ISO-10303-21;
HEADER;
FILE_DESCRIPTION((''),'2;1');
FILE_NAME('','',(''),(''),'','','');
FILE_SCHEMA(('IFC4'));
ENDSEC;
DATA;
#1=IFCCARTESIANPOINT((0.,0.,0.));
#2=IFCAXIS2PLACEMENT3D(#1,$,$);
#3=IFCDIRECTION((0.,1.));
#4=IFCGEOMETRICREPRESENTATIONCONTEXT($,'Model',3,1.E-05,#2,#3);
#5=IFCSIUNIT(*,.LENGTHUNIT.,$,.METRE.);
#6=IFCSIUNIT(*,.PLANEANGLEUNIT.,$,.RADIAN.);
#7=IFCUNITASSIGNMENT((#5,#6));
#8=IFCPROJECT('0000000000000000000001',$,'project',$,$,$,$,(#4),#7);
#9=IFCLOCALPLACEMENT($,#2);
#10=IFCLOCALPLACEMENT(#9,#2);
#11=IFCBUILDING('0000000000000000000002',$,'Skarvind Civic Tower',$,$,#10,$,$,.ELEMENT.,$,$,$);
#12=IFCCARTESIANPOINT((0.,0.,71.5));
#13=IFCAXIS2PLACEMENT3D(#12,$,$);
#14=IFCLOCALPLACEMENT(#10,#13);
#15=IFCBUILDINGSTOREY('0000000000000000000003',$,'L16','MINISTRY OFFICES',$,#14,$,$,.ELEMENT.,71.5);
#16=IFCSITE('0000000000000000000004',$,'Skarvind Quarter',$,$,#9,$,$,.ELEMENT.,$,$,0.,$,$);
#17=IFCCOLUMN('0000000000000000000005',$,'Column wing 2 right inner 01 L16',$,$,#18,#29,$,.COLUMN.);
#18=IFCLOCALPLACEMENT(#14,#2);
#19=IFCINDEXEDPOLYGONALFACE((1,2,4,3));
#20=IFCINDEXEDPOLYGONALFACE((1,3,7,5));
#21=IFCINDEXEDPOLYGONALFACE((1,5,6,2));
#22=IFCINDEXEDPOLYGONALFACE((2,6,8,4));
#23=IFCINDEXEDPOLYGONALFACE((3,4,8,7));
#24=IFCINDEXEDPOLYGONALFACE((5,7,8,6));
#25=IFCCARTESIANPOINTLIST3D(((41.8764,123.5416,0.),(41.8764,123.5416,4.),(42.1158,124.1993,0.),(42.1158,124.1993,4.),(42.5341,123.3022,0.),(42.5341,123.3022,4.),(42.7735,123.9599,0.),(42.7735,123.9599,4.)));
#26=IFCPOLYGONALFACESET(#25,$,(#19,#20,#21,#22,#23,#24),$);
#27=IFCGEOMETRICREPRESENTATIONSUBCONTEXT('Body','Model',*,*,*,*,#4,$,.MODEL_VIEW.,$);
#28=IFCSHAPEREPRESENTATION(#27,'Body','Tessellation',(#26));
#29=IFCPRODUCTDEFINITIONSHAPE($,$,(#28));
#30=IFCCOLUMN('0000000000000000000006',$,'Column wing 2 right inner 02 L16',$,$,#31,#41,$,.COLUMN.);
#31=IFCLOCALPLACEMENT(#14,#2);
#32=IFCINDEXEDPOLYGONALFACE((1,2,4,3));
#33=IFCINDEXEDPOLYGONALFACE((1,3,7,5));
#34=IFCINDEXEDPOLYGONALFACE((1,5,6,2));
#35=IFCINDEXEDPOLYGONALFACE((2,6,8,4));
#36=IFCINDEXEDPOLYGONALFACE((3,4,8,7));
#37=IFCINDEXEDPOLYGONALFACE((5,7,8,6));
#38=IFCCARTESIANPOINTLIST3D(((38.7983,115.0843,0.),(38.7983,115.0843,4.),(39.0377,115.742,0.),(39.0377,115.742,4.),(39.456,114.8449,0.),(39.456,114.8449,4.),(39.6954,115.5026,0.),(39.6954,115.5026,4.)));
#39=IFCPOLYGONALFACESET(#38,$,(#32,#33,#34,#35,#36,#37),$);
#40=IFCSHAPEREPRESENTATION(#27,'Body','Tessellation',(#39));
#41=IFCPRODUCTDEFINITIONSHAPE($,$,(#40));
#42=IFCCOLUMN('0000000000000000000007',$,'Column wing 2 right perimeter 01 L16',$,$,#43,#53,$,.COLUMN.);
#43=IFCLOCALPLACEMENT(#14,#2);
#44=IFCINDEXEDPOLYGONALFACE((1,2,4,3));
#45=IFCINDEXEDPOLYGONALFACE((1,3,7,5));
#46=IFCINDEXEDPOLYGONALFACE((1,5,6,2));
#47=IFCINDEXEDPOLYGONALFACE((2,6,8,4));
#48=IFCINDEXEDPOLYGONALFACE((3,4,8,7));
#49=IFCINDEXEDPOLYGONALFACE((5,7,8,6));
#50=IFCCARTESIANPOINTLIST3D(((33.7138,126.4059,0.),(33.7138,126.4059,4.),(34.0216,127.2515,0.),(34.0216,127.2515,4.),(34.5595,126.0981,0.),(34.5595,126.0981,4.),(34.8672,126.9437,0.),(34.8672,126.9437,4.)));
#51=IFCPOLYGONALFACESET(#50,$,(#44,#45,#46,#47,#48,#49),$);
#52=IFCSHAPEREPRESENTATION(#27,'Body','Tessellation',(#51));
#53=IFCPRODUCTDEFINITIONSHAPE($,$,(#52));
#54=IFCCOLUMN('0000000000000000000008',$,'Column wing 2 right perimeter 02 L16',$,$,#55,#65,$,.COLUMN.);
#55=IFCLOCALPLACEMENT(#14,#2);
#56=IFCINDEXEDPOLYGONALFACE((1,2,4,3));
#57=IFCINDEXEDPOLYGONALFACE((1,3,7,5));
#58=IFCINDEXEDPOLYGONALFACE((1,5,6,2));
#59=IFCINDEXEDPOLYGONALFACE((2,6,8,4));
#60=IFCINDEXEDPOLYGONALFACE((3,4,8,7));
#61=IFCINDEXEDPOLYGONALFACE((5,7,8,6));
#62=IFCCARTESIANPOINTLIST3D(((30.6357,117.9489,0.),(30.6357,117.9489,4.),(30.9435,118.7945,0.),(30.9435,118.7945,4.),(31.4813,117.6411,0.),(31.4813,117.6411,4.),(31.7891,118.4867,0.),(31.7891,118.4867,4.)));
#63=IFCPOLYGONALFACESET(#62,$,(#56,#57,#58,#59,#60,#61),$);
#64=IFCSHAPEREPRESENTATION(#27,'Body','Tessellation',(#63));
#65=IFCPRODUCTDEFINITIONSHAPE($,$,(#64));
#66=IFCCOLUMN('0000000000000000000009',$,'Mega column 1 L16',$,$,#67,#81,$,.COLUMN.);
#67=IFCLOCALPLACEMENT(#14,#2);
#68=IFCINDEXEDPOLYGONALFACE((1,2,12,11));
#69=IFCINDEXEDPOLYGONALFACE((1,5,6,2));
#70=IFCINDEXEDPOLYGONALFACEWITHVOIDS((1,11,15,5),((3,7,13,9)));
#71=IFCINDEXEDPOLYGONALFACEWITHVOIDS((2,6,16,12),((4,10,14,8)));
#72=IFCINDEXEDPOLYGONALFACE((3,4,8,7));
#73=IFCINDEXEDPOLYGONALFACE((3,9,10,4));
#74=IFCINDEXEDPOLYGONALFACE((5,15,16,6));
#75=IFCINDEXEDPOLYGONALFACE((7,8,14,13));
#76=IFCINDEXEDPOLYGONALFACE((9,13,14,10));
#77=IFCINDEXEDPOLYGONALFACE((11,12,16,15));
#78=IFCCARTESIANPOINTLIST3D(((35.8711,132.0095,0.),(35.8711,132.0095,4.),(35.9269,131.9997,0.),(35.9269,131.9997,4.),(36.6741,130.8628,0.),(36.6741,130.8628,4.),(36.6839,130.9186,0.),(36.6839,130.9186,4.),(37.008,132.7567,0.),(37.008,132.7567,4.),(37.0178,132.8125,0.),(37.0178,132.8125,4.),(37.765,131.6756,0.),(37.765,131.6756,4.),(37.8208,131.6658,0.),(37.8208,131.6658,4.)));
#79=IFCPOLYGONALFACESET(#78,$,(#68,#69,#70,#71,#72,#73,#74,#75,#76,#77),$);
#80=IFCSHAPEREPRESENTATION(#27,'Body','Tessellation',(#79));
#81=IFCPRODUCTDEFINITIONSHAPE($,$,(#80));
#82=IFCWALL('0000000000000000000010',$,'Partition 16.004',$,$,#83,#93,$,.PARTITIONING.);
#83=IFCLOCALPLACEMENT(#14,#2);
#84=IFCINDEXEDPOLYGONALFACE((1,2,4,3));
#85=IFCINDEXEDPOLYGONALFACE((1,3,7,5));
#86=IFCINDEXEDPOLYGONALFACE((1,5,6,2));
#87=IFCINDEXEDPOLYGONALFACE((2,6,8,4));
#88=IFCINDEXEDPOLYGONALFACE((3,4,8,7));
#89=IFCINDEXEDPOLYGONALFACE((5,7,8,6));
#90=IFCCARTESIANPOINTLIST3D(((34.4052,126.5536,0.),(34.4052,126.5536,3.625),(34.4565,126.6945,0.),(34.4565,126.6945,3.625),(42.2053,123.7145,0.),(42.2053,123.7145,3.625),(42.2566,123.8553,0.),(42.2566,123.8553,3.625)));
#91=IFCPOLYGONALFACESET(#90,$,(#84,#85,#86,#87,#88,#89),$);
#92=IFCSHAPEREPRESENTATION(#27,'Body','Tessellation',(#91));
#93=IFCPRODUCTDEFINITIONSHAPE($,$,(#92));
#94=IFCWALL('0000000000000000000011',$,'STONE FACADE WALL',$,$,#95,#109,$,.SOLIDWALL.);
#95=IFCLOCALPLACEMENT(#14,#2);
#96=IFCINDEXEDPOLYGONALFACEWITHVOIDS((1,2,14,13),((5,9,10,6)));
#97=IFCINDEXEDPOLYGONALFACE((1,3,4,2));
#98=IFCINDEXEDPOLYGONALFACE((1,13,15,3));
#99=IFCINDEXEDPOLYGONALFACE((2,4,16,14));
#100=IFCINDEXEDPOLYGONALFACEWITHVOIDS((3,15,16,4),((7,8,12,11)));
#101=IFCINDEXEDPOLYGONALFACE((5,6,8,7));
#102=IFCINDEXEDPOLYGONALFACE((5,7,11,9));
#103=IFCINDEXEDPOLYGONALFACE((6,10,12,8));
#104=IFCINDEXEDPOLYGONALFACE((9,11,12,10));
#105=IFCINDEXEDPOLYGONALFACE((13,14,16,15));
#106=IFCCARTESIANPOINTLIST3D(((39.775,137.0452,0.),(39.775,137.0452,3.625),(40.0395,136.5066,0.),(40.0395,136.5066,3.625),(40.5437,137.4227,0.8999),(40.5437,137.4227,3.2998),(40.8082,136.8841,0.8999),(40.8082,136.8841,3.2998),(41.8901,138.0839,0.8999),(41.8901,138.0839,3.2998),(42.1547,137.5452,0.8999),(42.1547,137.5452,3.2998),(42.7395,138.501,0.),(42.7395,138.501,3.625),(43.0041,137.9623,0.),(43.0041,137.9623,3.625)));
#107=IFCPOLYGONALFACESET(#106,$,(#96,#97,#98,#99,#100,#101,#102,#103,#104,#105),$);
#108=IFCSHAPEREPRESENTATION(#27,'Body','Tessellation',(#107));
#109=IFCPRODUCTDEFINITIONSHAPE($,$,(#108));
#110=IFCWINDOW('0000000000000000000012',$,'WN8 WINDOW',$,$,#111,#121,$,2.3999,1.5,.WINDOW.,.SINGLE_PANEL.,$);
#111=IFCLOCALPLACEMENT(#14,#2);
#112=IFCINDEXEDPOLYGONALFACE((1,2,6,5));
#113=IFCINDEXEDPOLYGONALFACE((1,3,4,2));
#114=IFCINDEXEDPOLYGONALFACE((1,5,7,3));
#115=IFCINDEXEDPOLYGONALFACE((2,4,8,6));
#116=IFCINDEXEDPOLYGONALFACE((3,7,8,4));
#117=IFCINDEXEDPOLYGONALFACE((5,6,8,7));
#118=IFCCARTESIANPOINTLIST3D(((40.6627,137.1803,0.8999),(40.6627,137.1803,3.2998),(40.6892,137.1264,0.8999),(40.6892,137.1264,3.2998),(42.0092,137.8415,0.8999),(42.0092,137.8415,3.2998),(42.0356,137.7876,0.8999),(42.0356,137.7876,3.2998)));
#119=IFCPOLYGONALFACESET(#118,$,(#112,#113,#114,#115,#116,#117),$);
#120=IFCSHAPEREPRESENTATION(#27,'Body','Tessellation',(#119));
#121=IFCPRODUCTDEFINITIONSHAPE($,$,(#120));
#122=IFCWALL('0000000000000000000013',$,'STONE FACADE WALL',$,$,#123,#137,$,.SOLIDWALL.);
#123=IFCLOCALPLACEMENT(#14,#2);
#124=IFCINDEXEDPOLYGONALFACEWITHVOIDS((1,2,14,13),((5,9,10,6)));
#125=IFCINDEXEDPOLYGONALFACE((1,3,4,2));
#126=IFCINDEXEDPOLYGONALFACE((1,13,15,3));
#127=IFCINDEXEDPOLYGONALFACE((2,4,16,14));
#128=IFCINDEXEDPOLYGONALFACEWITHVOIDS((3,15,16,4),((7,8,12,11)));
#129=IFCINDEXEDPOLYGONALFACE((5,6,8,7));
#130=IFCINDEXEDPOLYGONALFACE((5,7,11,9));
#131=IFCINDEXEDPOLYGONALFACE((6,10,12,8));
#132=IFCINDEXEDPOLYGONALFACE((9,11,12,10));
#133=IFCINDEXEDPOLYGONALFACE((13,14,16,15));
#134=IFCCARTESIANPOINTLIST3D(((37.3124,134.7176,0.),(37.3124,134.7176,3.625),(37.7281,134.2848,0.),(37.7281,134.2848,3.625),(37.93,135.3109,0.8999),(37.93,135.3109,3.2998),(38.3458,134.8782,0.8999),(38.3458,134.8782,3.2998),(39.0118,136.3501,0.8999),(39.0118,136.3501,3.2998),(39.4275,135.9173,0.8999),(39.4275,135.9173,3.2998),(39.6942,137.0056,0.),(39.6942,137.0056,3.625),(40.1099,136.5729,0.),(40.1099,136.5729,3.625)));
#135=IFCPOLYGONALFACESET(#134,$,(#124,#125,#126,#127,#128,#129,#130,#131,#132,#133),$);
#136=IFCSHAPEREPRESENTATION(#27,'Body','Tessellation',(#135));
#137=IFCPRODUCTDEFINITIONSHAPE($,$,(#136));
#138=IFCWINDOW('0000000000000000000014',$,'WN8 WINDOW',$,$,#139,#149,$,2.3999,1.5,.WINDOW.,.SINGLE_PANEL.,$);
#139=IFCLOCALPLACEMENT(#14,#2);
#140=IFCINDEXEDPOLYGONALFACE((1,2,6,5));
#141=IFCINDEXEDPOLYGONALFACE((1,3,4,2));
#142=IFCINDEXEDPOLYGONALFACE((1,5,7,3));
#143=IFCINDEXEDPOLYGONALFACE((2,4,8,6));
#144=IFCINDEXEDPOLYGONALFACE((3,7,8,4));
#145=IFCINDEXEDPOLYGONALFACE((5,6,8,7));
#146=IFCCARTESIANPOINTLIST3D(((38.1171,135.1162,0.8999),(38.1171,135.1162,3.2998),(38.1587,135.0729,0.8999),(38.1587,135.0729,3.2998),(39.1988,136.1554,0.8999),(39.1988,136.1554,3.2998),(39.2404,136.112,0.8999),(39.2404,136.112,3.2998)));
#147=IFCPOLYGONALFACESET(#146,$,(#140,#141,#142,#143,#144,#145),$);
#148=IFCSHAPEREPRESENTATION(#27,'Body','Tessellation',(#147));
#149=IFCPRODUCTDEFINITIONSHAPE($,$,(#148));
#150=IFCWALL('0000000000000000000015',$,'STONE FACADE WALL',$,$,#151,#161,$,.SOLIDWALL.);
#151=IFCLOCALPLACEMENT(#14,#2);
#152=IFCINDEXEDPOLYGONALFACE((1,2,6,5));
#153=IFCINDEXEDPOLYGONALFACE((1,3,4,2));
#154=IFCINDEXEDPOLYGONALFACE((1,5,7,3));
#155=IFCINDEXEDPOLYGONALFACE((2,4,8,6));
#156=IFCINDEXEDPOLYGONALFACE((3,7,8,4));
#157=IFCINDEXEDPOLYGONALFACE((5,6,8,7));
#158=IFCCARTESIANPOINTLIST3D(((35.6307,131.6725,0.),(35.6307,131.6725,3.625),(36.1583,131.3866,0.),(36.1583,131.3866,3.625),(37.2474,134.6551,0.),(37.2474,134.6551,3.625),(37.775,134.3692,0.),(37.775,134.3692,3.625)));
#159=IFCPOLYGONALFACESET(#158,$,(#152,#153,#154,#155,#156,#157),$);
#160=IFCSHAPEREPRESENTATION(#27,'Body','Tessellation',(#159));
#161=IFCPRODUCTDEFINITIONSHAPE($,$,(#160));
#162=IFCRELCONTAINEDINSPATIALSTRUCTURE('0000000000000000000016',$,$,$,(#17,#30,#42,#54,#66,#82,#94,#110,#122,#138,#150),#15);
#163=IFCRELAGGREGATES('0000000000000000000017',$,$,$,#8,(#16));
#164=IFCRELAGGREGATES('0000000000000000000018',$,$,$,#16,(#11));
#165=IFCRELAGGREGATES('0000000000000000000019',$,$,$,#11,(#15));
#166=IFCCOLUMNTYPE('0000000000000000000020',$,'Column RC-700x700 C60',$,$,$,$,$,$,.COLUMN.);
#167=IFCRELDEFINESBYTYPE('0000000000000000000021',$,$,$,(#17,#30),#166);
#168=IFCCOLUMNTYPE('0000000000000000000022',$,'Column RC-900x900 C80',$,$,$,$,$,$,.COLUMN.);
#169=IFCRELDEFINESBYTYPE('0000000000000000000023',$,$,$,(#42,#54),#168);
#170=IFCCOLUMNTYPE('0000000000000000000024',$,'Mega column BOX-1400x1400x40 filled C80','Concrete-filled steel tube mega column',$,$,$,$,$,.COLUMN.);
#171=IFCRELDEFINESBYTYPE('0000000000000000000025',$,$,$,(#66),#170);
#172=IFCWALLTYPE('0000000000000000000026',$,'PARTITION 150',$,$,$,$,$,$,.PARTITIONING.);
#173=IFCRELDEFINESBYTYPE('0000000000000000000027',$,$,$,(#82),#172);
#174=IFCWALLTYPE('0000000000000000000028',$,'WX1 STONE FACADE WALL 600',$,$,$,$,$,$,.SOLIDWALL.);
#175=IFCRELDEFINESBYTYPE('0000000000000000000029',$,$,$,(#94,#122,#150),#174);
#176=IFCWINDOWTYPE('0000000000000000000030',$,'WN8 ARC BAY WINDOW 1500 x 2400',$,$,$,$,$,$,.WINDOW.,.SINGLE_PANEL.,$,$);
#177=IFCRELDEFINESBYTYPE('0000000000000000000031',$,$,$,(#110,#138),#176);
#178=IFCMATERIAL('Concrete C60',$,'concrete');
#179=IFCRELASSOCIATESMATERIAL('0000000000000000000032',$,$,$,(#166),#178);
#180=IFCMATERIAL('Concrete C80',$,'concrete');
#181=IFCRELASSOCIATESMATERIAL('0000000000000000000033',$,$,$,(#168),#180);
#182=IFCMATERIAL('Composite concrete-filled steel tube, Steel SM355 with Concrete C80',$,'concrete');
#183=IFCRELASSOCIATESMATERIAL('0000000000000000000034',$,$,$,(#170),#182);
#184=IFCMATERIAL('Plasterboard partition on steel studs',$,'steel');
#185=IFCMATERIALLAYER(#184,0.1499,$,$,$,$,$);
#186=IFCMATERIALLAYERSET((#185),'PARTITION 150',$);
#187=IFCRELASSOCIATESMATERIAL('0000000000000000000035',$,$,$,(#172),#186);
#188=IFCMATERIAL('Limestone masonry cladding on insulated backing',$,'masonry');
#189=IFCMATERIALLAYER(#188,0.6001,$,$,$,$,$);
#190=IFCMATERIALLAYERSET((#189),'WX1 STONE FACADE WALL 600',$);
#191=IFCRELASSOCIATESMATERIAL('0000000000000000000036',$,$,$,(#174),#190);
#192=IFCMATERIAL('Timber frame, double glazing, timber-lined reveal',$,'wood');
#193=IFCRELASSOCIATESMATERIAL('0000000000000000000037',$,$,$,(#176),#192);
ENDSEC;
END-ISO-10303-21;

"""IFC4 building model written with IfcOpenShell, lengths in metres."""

from ifc_helpers import new_model, si_unit, direction, frame, frame_2d, origin, origin_2d, place, context, subcontext, project, spatial, rectangle, hollow_rectangle, extrude, material, layer, layer_set, material_profile, profile_set, type_object, element, fill, save


model = new_model("IFC4")

# Units and contexts
model_context = context("Model", 3, precision=1e-05, world=origin(), true_north=direction((0.0, 1.0)))
body_context = subcontext(model_context, "Body", "Model", "MODEL_VIEW")
ifc_project = project(units=[si_unit("LENGTHUNIT", "METRE"), si_unit("PLANEANGLEUNIT", "RADIAN")], contexts=[model_context])

# Site, building, storey
site_placement = place(None, origin())
site = spatial("IfcSite", under=ifc_project, at=site_placement, Name="Skarvind Quarter", CompositionType="ELEMENT", RefElevation=0.0)
building_placement = place(site_placement, origin())
building = spatial("IfcBuilding", under=site, at=building_placement, Name="Skarvind Civic Tower", CompositionType="ELEMENT")
storey_placement = place(building_placement, frame((0.0, 0.0, 71.5)))
storey = spatial("IfcBuildingStorey", under=building, at=storey_placement, Name="L16", Description="MINISTRY OFFICES", CompositionType="ELEMENT", Elevation=71.5)

# Columns
ifc_material_1 = material(Name="Concrete C60", Category="concrete")
ifc_material_profile_1 = material_profile(ifc_material_1, rectangle(XDim=0.7, YDim=0.7, at=origin_2d()), Name="RC-700x700")
ifc_profile_set_1 = profile_set([ifc_material_profile_1], Name="Concrete C60")
column_type_1 = type_object("IfcColumnType", Name="Column RC-700x700 C60", PredefinedType="COLUMN", material=ifc_profile_set_1)
for number, where, z_axis, x_axis, name in (
    (1, (42.325, 123.7507, 0.0), (0.0, 0.0, 1.0), (-0.34202, -0.939693, 0.0), "Column wing 2 right inner 01 L16"),
    (2, (39.2468, 115.2935, 0.0), (0.0, 0.0, 1.0), (-0.34202, -0.939693, 0.0), "Column wing 2 right inner 02 L16"),
):
    element("IfcColumn", number, at=place(storey_placement, frame(where, z_axis=z_axis, x_axis=x_axis)), inside=storey, type_object=column_type_1, Name=name, PredefinedType="COLUMN", context=body_context, shape_type="SweptSolid", body=[
        extrude(rectangle(XDim=0.7, YDim=0.7, at=origin_2d()), origin(), (0.0, 0.0, 1.0), 4.0),
    ])
ifc_material_2 = material(Name="Concrete C80", Category="concrete")
ifc_material_profile_2 = material_profile(ifc_material_2, rectangle(XDim=0.8999, YDim=0.8999, at=origin_2d()), Name="RC-900x900")
ifc_profile_set_2 = profile_set([ifc_material_profile_2], Name="Concrete C80")
column_type_2 = type_object("IfcColumnType", Name="Column RC-900x900 C80", PredefinedType="COLUMN", material=ifc_profile_set_2)
for number, where, z_axis, x_axis, name in (
    (3, (34.2905, 126.6748, 0.0), (0.0, 0.0, 1.0), (-0.34202, -0.939693, 0.0), "Column wing 2 right perimeter 01 L16"),
    (4, (31.2124, 118.2178, 0.0), (0.0, 0.0, 1.0), (-0.34202, -0.939693, 0.0), "Column wing 2 right perimeter 02 L16"),
):
    element("IfcColumn", number, at=place(storey_placement, frame(where, z_axis=z_axis, x_axis=x_axis)), inside=storey, type_object=column_type_2, Name=name, PredefinedType="COLUMN", context=body_context, shape_type="SweptSolid", body=[
        extrude(rectangle(XDim=0.8999, YDim=0.8999, at=origin_2d()), origin(), (0.0, 0.0, 1.0), 4.0),
    ])
ifc_material_3 = material(Name="Composite concrete-filled steel tube, Steel SM355 with Concrete C80", Category="concrete")
ifc_material_profile_3 = material_profile(ifc_material_3, hollow_rectangle(XDim=1.3999, YDim=1.3999, WallThickness=0.04, at=origin_2d()), Name="BOX-1400x1400x40")
ifc_profile_set_3 = profile_set([ifc_material_profile_3], Name="Composite concrete-filled steel tube, Steel SM355 with Concrete C80")
column_type_3 = type_object("IfcColumnType", Name="Mega column BOX-1400x1400x40 filled C80", Description="Concrete-filled steel tube mega column", PredefinedType="COLUMN", material=ifc_profile_set_3)
column_placement = place(storey_placement, frame((36.8459, 131.8376, 0.0), z_axis=(0.0, 0.0, 1.0), x_axis=(0.573576, -0.819152, 0.0)))
element("IfcColumn", 5, at=column_placement, inside=storey, type_object=column_type_3, Name="Mega column 1 L16", PredefinedType="COLUMN", context=body_context, shape_type="SweptSolid", body=[
    extrude(hollow_rectangle(XDim=1.3999, YDim=1.3999, WallThickness=0.04, at=origin_2d()), origin(), (0.0, 0.0, 1.0), 4.0),
])

# Wall
ifc_material_4 = material(Name="Plasterboard partition on steel studs", Category="steel")
ifc_layer_1 = layer(ifc_material_4, 0.1499)
ifc_layer_set_1 = layer_set([ifc_layer_1], Name="PARTITION 150")
wall_type_1 = type_object("IfcWallType", Name="PARTITION 150", PredefinedType="PARTITIONING", material=ifc_layer_set_1)
wall_1_placement = place(storey_placement, frame((42.231, 123.7849, 0.0), z_axis=(0.0, 0.0, 1.0), x_axis=(-0.939688, 0.342034, 0.0)))
element("IfcWall", 6, at=wall_1_placement, inside=storey, type_object=wall_type_1, Name="Partition 16.004", PredefinedType="PARTITIONING", context=body_context, shape_type="SweptSolid", body=[
    extrude(rectangle(XDim=8.3008, YDim=0.1499, at=frame_2d((4.1504, 0.0))), origin(), (0.0, 0.0, 1.0), 3.625),
])

# Walls, openings, windows
ifc_material_5 = material(Name="Limestone masonry cladding on insulated backing", Category="masonry")
ifc_layer_2 = layer(ifc_material_5, 0.6001)
ifc_layer_set_2 = layer_set([ifc_layer_2], Name="WX1 STONE FACADE WALL 600")
wall_type_2 = type_object("IfcWallType", Name="WX1 STONE FACADE WALL 600", PredefinedType="SOLIDWALL", material=ifc_layer_set_2)
wall_2_placement = place(storey_placement, frame((39.9072, 136.7759, 0.0), z_axis=(0.0, 0.0, 1.0), x_axis=(0.897612, 0.440786, 0.0)))
wall_2 = element("IfcWall", 7, at=wall_2_placement, inside=storey, type_object=wall_type_2, Name="STONE FACADE WALL", PredefinedType="SOLIDWALL", context=body_context, shape_type="SweptSolid", body=[
    extrude(rectangle(XDim=3.3027, YDim=0.6001, at=frame_2d((1.6514, 0.0))), origin(), (0.0, 0.0, 1.0), 3.625),
])
opening_1_placement = place(wall_2_placement, frame((0.8564, 0.0, 0.8999)))
opening_1 = element("IfcOpeningElement", 8, at=opening_1_placement, cuts=wall_2, PredefinedType="OPENING", context=body_context, shape_type="SweptSolid", body=[
    extrude(rectangle(XDim=1.5, YDim=2.3999, at=frame_2d((0.75, 1.2))), frame((0.0, 0.3101, 0.0), z_axis=(0.0, -1.0, 0.0), x_axis=(1.0, 0.0, 0.0)), (0.0, 0.0, 1.0), 0.6201),
])
ifc_material_6 = material(Name="Timber frame, double glazing, timber-lined reveal", Category="wood")
window_type = type_object("IfcWindowType", Name="WN8 ARC BAY WINDOW 1500 x 2400", PartitioningType="SINGLE_PANEL", PredefinedType="WINDOW", material=ifc_material_6)
window_1_placement = place(opening_1_placement, origin())
window_1 = element("IfcWindow", 9, at=window_1_placement, inside=storey, type_object=window_type, Name="WN8 WINDOW", OverallHeight=2.3999, OverallWidth=1.5, PartitioningType="SINGLE_PANEL", PredefinedType="WINDOW", context=body_context, shape_type="SweptSolid", body=[
    extrude(rectangle(XDim=1.5, YDim=2.3999, at=frame_2d((0.75, 1.2))), frame((0.0, 0.03, 0.0), z_axis=(0.0, -1.0, 0.0), x_axis=(1.0, 0.0, 0.0)), (0.0, 0.0, 1.0), 0.0601),
])
fill(opening_1, window_1)
wall_3_placement = place(storey_placement, frame((37.5203, 134.5012, 0.0), z_axis=(0.0, 0.0, 1.0), x_axis=(0.721157, 0.692772, 0.0)))
wall_3 = element("IfcWall", 10, at=wall_3_placement, inside=storey, type_object=wall_type_2, Name="STONE FACADE WALL", PredefinedType="SOLIDWALL", context=body_context, shape_type="SweptSolid", body=[
    extrude(rectangle(XDim=3.3027, YDim=0.6001, at=frame_2d((1.6514, 0.0))), origin(), (0.0, 0.0, 1.0), 3.625),
])
opening_2_placement = place(wall_3_placement, frame((0.8564, 0.0, 0.8999)))
opening_2 = element("IfcOpeningElement", 11, at=opening_2_placement, cuts=wall_3, PredefinedType="OPENING", context=body_context, shape_type="SweptSolid", body=[
    extrude(rectangle(XDim=1.5, YDim=2.3999, at=frame_2d((0.75, 1.2))), frame((0.0, 0.3101, 0.0), z_axis=(0.0, -1.0, 0.0), x_axis=(1.0, 0.0, 0.0)), (0.0, 0.0, 1.0), 0.6201),
])
window_2_placement = place(opening_2_placement, origin())
window_2 = element("IfcWindow", 12, at=window_2_placement, inside=storey, type_object=window_type, Name="WN8 WINDOW", OverallHeight=2.3999, OverallWidth=1.5, PartitioningType="SINGLE_PANEL", PredefinedType="WINDOW", context=body_context, shape_type="SweptSolid", body=[
    extrude(rectangle(XDim=1.5, YDim=2.3999, at=frame_2d((0.75, 1.2))), frame((0.0, 0.03, 0.0), z_axis=(0.0, -1.0, 0.0), x_axis=(1.0, 0.0, 0.0)), (0.0, 0.0, 1.0), 0.0601),
])
fill(opening_2, window_2)

# Wall
wall_4_placement = place(storey_placement, frame((35.8945, 131.5295, 0.0), z_axis=(0.0, 0.0, 1.0), x_axis=(0.476531, 0.879158, 0.0)))
element("IfcWall", 13, at=wall_4_placement, inside=storey, type_object=wall_type_2, Name="STONE FACADE WALL", PredefinedType="SOLIDWALL", context=body_context, shape_type="SweptSolid", body=[
    extrude(rectangle(XDim=3.3926, YDim=0.6001, at=frame_2d((1.6963, 0.0))), origin(), (0.0, 0.0, 1.0), 3.625),
])

save(model, "model.ifc")
